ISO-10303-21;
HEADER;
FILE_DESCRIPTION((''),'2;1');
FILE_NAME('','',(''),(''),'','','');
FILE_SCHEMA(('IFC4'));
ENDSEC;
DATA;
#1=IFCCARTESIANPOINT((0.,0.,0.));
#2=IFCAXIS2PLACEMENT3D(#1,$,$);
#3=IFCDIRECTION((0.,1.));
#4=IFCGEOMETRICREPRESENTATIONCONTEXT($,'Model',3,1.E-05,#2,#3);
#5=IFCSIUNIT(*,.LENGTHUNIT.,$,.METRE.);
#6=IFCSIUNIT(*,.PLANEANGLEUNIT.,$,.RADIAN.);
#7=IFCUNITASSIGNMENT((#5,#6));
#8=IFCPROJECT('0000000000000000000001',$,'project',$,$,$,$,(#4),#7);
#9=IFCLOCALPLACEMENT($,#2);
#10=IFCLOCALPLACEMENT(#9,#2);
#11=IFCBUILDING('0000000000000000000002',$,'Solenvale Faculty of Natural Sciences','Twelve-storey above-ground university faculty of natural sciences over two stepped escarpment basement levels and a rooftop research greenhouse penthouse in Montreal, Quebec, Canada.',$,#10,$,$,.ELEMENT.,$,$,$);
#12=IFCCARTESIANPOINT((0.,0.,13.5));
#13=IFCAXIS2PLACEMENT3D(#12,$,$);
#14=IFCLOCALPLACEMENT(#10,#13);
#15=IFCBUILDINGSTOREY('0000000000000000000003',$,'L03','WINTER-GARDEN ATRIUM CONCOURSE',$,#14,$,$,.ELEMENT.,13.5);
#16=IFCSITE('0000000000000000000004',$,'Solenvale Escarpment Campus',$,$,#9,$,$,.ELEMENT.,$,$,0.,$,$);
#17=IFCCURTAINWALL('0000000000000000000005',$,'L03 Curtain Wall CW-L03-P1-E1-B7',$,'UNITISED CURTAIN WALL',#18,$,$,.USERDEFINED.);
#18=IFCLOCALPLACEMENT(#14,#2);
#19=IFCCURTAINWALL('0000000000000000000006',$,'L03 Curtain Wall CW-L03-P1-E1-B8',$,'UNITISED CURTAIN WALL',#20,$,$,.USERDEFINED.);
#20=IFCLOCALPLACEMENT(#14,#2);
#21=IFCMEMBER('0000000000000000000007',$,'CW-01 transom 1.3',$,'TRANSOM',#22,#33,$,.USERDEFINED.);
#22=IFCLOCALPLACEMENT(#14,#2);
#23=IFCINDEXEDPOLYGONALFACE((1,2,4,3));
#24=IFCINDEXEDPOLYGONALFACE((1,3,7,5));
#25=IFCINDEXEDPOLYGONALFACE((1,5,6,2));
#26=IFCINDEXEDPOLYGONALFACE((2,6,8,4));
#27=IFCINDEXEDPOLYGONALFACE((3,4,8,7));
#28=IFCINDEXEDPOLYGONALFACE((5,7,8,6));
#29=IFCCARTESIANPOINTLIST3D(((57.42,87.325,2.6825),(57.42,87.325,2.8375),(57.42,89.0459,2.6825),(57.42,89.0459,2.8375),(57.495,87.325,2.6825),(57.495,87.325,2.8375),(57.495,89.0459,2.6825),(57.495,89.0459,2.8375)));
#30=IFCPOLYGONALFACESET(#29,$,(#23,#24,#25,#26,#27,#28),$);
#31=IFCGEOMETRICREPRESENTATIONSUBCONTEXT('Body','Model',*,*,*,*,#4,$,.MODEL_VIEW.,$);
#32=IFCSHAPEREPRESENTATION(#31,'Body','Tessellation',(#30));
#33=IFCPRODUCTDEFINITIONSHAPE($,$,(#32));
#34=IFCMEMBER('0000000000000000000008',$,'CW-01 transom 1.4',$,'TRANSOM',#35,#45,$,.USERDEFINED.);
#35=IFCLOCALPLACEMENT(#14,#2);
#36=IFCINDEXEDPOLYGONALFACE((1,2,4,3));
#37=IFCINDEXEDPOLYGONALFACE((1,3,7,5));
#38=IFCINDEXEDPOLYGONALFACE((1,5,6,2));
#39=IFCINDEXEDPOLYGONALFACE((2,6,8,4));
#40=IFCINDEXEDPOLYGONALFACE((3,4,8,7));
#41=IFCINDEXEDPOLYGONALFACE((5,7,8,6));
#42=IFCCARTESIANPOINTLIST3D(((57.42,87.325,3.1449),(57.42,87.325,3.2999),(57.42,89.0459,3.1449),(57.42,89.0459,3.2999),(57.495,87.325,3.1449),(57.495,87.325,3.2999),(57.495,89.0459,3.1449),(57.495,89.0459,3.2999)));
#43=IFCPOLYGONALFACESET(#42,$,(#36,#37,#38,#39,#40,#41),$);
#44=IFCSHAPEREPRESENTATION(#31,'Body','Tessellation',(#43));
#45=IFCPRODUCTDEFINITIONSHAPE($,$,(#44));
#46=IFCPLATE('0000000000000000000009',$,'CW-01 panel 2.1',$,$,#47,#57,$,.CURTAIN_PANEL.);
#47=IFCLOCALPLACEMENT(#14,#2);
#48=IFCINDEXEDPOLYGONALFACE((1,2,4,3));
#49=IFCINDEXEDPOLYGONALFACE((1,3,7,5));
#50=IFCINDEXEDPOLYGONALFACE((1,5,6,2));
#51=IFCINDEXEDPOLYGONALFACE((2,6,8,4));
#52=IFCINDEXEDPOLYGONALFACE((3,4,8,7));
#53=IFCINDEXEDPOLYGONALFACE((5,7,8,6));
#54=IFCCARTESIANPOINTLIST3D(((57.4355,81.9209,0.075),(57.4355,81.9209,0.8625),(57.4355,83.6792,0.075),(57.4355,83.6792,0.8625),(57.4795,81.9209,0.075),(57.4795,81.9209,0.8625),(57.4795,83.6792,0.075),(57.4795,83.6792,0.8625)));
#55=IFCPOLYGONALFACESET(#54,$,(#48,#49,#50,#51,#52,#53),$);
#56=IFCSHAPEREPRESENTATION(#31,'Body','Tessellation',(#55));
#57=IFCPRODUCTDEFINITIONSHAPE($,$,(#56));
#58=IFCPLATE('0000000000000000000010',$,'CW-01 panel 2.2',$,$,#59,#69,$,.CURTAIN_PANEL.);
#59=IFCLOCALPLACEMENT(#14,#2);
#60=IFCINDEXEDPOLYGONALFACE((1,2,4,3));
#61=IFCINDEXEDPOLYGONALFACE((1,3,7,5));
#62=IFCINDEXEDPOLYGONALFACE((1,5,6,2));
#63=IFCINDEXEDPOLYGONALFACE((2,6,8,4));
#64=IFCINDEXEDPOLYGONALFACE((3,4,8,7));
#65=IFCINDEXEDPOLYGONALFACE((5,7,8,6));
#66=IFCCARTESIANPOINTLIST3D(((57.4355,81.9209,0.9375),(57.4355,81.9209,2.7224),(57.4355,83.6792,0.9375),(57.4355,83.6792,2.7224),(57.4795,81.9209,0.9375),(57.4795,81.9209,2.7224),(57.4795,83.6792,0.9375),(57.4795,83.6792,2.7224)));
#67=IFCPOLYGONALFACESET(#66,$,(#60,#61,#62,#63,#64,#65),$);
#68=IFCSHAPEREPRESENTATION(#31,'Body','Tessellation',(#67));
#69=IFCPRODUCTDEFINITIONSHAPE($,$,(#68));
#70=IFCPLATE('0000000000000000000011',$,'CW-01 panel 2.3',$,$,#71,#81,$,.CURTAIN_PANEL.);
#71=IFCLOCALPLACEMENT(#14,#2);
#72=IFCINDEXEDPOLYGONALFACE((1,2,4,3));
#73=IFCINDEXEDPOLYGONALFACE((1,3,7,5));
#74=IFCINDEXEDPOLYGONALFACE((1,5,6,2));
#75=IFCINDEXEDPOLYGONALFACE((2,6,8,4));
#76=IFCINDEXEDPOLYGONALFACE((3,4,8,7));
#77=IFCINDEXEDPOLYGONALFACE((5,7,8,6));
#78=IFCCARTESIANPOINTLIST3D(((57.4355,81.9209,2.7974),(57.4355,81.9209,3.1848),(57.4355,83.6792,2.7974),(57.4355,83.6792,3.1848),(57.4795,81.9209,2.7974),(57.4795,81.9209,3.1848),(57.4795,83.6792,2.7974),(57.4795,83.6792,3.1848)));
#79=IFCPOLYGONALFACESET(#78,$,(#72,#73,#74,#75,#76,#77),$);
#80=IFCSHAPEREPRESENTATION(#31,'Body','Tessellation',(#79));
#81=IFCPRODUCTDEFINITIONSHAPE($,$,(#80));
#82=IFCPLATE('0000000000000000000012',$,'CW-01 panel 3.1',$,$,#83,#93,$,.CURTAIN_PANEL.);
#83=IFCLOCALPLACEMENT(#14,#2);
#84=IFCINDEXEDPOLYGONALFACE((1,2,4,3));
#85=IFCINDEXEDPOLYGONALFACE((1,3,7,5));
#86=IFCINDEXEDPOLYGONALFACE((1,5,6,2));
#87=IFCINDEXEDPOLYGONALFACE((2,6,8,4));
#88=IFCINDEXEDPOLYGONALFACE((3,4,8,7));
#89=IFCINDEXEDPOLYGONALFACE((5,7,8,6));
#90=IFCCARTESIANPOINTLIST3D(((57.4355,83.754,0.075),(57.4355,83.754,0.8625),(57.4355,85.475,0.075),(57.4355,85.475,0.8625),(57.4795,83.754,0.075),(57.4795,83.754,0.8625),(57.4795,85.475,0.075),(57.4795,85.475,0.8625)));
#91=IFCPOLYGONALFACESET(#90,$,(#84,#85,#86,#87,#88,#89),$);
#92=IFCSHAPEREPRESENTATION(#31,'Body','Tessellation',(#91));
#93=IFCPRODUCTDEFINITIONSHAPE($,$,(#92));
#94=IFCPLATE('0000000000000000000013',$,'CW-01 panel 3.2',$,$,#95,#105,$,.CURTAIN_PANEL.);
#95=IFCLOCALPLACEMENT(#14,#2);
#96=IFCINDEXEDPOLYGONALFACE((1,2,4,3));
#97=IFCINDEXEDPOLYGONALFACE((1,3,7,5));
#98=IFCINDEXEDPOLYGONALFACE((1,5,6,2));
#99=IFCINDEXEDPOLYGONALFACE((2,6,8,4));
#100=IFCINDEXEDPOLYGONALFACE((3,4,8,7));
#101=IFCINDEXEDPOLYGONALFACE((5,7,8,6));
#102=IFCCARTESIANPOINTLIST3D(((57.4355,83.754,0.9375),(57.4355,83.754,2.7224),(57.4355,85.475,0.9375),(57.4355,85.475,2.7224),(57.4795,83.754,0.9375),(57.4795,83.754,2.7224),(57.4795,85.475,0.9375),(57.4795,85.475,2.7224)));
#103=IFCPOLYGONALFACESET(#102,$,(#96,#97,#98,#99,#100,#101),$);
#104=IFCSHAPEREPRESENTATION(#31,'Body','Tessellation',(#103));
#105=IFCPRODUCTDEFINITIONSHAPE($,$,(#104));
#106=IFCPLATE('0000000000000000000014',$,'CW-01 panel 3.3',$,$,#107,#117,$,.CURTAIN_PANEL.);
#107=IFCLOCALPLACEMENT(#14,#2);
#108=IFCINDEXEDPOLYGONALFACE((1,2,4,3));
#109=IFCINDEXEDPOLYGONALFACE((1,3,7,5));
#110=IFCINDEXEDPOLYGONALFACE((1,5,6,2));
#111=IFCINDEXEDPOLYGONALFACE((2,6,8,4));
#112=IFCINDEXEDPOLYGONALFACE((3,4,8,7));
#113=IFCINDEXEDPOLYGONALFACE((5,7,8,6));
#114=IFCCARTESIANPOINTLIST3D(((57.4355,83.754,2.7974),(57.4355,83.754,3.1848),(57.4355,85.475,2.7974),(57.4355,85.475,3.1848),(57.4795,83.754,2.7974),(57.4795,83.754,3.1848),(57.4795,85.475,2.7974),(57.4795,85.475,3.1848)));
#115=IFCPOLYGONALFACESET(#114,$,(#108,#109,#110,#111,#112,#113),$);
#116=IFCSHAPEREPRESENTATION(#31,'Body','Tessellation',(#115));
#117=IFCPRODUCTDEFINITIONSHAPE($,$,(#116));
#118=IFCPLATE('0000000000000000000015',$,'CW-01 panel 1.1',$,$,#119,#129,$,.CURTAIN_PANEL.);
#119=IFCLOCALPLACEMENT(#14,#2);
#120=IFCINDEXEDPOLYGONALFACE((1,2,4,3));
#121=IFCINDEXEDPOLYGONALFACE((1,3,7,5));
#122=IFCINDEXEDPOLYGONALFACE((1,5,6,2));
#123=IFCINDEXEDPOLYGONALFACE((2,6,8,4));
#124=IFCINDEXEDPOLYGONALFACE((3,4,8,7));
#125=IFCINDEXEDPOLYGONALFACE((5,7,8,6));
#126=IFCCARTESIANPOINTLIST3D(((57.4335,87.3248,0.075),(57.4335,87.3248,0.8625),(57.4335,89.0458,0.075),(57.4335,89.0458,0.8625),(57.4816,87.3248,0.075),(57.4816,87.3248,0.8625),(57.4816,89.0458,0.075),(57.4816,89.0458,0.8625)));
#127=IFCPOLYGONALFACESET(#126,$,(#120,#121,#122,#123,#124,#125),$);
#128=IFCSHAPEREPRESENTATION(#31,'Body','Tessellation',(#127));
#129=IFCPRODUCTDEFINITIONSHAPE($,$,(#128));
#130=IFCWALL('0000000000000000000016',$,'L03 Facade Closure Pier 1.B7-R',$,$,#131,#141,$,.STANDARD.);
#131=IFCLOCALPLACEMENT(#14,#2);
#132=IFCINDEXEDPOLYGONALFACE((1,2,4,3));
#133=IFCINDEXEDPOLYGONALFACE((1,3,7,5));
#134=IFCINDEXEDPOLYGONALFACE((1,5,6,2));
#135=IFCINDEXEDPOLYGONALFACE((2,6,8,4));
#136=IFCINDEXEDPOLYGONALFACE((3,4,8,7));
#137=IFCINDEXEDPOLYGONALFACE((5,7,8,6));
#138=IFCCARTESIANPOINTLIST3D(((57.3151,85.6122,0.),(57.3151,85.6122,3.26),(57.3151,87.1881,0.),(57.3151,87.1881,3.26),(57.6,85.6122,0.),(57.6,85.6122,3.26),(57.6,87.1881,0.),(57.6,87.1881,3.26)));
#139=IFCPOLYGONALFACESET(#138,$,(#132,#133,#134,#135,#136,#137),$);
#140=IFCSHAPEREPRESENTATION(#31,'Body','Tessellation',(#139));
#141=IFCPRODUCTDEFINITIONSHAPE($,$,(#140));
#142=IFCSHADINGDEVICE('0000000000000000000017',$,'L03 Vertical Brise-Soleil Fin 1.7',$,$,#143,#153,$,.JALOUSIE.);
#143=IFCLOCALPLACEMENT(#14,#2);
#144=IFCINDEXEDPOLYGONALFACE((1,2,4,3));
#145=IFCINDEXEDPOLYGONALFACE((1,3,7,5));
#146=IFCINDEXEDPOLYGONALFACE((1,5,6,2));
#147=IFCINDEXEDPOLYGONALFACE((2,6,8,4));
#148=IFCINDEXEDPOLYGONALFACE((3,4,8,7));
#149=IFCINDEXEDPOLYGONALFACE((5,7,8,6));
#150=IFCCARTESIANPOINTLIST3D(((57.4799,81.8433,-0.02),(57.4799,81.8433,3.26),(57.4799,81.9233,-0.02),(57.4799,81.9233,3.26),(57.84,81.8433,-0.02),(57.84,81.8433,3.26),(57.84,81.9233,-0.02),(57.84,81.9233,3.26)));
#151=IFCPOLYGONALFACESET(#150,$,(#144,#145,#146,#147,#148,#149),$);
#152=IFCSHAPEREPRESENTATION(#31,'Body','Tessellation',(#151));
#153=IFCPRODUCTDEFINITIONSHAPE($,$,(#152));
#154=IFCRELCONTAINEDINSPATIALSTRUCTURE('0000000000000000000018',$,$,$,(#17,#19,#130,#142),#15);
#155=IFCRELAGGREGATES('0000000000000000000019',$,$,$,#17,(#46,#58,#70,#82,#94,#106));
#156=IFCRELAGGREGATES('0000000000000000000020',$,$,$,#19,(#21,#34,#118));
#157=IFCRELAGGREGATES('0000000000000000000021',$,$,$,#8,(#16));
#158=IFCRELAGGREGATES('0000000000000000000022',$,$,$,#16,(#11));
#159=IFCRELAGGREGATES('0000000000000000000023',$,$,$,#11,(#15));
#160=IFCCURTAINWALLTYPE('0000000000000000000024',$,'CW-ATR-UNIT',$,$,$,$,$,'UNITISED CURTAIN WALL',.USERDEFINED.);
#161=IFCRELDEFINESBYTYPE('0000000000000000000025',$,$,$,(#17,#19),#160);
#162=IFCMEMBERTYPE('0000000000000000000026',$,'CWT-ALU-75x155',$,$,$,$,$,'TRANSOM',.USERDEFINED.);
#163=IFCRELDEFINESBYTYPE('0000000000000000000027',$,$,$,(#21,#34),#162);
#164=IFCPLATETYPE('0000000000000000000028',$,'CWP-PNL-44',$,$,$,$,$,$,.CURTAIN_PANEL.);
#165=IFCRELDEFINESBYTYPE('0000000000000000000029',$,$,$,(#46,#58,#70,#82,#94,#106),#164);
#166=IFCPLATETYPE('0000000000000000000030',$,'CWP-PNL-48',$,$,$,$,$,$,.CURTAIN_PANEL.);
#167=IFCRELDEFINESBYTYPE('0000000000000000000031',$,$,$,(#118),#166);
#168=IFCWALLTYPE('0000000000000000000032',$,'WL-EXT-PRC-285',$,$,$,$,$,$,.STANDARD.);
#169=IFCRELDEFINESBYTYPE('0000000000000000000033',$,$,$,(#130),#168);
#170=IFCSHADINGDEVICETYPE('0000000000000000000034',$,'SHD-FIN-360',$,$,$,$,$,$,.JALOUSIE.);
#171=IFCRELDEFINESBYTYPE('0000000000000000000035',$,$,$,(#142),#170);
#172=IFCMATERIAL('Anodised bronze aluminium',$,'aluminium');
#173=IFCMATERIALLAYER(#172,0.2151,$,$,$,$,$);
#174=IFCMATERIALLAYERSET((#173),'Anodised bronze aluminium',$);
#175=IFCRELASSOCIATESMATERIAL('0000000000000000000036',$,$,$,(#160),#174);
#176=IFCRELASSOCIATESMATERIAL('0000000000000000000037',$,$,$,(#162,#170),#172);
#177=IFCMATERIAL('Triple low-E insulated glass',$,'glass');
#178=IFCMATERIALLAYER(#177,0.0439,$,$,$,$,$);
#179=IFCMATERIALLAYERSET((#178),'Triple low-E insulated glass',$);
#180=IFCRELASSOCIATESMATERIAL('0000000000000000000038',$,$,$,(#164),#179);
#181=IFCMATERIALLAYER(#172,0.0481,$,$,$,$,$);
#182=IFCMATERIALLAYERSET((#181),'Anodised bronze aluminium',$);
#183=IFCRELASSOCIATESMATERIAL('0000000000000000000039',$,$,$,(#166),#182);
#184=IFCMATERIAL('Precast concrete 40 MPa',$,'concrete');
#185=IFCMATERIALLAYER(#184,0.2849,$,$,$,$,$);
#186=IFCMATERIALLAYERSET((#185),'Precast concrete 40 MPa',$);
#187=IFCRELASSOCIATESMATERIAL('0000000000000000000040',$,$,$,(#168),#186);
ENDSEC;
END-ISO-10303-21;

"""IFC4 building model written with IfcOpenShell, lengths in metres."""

from ifc_helpers import new_model, si_unit, direction, frame, frame_2d, origin, origin_2d, place, context, subcontext, project, spatial, rectangle, extrude, material, layer, layer_set, material_profile, profile_set, type_object, element, aggregate, save


model = new_model("IFC4")

# Units and contexts
model_context = context("Model", 3, precision=1e-05, world=origin(), true_north=direction((0.0, 1.0)))
body_context = subcontext(model_context, "Body", "Model", "MODEL_VIEW")
ifc_project = project(units=[si_unit("LENGTHUNIT", "METRE"), si_unit("PLANEANGLEUNIT", "RADIAN")], contexts=[model_context])

# Site, building, storey
site_placement = place(None, origin())
site = spatial("IfcSite", under=ifc_project, at=site_placement, Name="Solenvale Escarpment Campus", CompositionType="ELEMENT", RefElevation=0.0)
building_placement = place(site_placement, origin())
building = spatial("IfcBuilding", under=site, at=building_placement, Name="Solenvale Faculty of Natural Sciences", Description="Twelve-storey above-ground university faculty of natural sciences over two stepped escarpment basement levels and a rooftop research greenhouse penthouse in Montreal, Quebec, Canada.", CompositionType="ELEMENT")
storey_placement = place(building_placement, frame((0.0, 0.0, 13.5)))
storey = spatial("IfcBuildingStorey", under=building, at=storey_placement, Name="L03", Description="WINTER-GARDEN ATRIUM CONCOURSE", CompositionType="ELEMENT", Elevation=13.5)

# Curtain wall
ifc_material_1 = material(Name="Anodised bronze aluminium", Category="aluminium")
ifc_layer_1 = layer(ifc_material_1, 0.2151)
ifc_layer_set_1 = layer_set([ifc_layer_1], Name="Anodised bronze aluminium")
curtain_wall_type = type_object("IfcCurtainWallType", Name="CW-ATR-UNIT", ElementType="UNITISED CURTAIN WALL", PredefinedType="USERDEFINED", material=ifc_layer_set_1)
curtain_wall_1_placement = place(storey_placement, origin())
curtain_wall_1 = element("IfcCurtainWall", 1, at=curtain_wall_1_placement, inside=storey, type_object=curtain_wall_type, Name="L03 Curtain Wall CW-L03-P1-E1-B7", ObjectType="UNITISED CURTAIN WALL", PredefinedType="USERDEFINED")

# Curtain wall
curtain_wall_2_placement = place(storey_placement, origin())
curtain_wall_2 = element("IfcCurtainWall", 2, at=curtain_wall_2_placement, inside=storey, type_object=curtain_wall_type, Name="L03 Curtain Wall CW-L03-P1-E1-B8", ObjectType="UNITISED CURTAIN WALL", PredefinedType="USERDEFINED")

# Members
ifc_material_profile_1 = material_profile(ifc_material_1, rectangle(XDim=0.075, YDim=0.155, at=origin_2d()), Name="ALU-TRN-75x155")
ifc_profile_set_1 = profile_set([ifc_material_profile_1], Name="Anodised bronze aluminium")
member_type_1 = type_object("IfcMemberType", Name="CWT-ALU-75x155", ElementType="TRANSOM", PredefinedType="USERDEFINED", material=ifc_profile_set_1)
member_1_placement = place(storey_placement, frame((57.4575, 87.325, 2.76), z_axis=(0.0, 1.0, 0.0), x_axis=(-1.0, 0.0, 0.0)))
member_1 = element("IfcMember", 3, at=member_1_placement, type_object=member_type_1, Name="CW-01 transom 1.3", ObjectType="TRANSOM", PredefinedType="USERDEFINED", context=body_context, shape_type="SweptSolid", body=[
    extrude(rectangle(XDim=0.075, YDim=0.155, at=origin_2d()), origin(), (0.0, 0.0, 1.0), 1.7209),
])
member_2_placement = place(storey_placement, frame((57.4575, 87.325, 3.2224), z_axis=(0.0, 1.0, 0.0), x_axis=(-1.0, 0.0, 0.0)))
member_2 = element("IfcMember", 4, at=member_2_placement, type_object=member_type_1, Name="CW-01 transom 1.4", ObjectType="TRANSOM", PredefinedType="USERDEFINED", context=body_context, shape_type="SweptSolid", body=[
    extrude(rectangle(XDim=0.075, YDim=0.155, at=origin_2d()), origin(), (0.0, 0.0, 1.0), 1.7209),
])

# Plates
ifc_material_2 = material(Name="Triple low-E insulated glass", Category="glass")
ifc_layer_2 = layer(ifc_material_2, 0.0439)
ifc_layer_set_2 = layer_set([ifc_layer_2], Name="Triple low-E insulated glass")
plate_type_1 = type_object("IfcPlateType", Name="CWP-PNL-44", PredefinedType="CURTAIN_PANEL", material=ifc_layer_set_2)
plate_1_placement = place(storey_placement, frame((57.4575, 82.8, 0.075), z_axis=(0.0, 0.0, 1.0), x_axis=(0.0, 1.0, 0.0)))
plate_1 = element("IfcPlate", 5, at=plate_1_placement, type_object=plate_type_1, Name="CW-01 panel 2.1", PredefinedType="CURTAIN_PANEL", context=body_context, shape_type="SweptSolid", body=[
    extrude(rectangle(XDim=1.7583, YDim=0.0439, at=origin_2d()), origin(), (0.0, 0.0, 1.0), 0.7876),
])
plate_2_placement = place(storey_placement, frame((57.4575, 82.8, 0.9375), z_axis=(0.0, 0.0, 1.0), x_axis=(0.0, 1.0, 0.0)))
plate_2 = element("IfcPlate", 6, at=plate_2_placement, type_object=plate_type_1, Name="CW-01 panel 2.2", PredefinedType="CURTAIN_PANEL", context=body_context, shape_type="SweptSolid", body=[
    extrude(rectangle(XDim=1.7583, YDim=0.0439, at=origin_2d()), origin(), (0.0, 0.0, 1.0), 1.7849),
])
plate_3_placement = place(storey_placement, frame((57.4575, 82.8, 2.7974), z_axis=(0.0, 0.0, 1.0), x_axis=(0.0, 1.0, 0.0)))
plate_3 = element("IfcPlate", 7, at=plate_3_placement, type_object=plate_type_1, Name="CW-01 panel 2.3", PredefinedType="CURTAIN_PANEL", context=body_context, shape_type="SweptSolid", body=[
    extrude(rectangle(XDim=1.7583, YDim=0.0439, at=origin_2d()), origin(), (0.0, 0.0, 1.0), 0.3875),
])
plate_4_placement = place(storey_placement, frame((57.4575, 84.6145, 0.075), z_axis=(0.0, 0.0, 1.0), x_axis=(0.0, 1.0, 0.0)))
plate_4 = element("IfcPlate", 8, at=plate_4_placement, type_object=plate_type_1, Name="CW-01 panel 3.1", PredefinedType="CURTAIN_PANEL", context=body_context, shape_type="SweptSolid", body=[
    extrude(rectangle(XDim=1.7209, YDim=0.0439, at=origin_2d()), origin(), (0.0, 0.0, 1.0), 0.7876),
])
plate_5_placement = place(storey_placement, frame((57.4575, 84.6145, 0.9375), z_axis=(0.0, 0.0, 1.0), x_axis=(0.0, 1.0, 0.0)))
plate_5 = element("IfcPlate", 9, at=plate_5_placement, type_object=plate_type_1, Name="CW-01 panel 3.2", PredefinedType="CURTAIN_PANEL", context=body_context, shape_type="SweptSolid", body=[
    extrude(rectangle(XDim=1.7209, YDim=0.0439, at=origin_2d()), origin(), (0.0, 0.0, 1.0), 1.7849),
])
plate_6_placement = place(storey_placement, frame((57.4575, 84.6145, 2.7974), z_axis=(0.0, 0.0, 1.0), x_axis=(0.0, 1.0, 0.0)))
plate_6 = element("IfcPlate", 10, at=plate_6_placement, type_object=plate_type_1, Name="CW-01 panel 3.3", PredefinedType="CURTAIN_PANEL", context=body_context, shape_type="SweptSolid", body=[
    extrude(rectangle(XDim=1.7209, YDim=0.0439, at=origin_2d()), origin(), (0.0, 0.0, 1.0), 0.3875),
])
aggregate(curtain_wall_1, [plate_1, plate_2, plate_3, plate_4, plate_5, plate_6])
ifc_layer_3 = layer(ifc_material_1, 0.0481)
ifc_layer_set_3 = layer_set([ifc_layer_3], Name="Anodised bronze aluminium")
plate_type_2 = type_object("IfcPlateType", Name="CWP-PNL-48", PredefinedType="CURTAIN_PANEL", material=ifc_layer_set_3)
plate_7_placement = place(storey_placement, frame((57.4575, 88.1853, 0.075), z_axis=(0.0, 0.0, 1.0), x_axis=(0.0, 1.0, 0.0)))
plate_7 = element("IfcPlate", 11, at=plate_7_placement, type_object=plate_type_2, Name="CW-01 panel 1.1", PredefinedType="CURTAIN_PANEL", context=body_context, shape_type="SweptSolid", body=[
    extrude(rectangle(XDim=1.7209, YDim=0.0481, at=origin_2d()), origin(), (0.0, 0.0, 1.0), 0.7876),
])
aggregate(curtain_wall_2, [member_1, member_2, plate_7])

# Wall
ifc_material_3 = material(Name="Precast concrete 40 MPa", Category="concrete")
ifc_layer_4 = layer(ifc_material_3, 0.2849)
ifc_layer_set_4 = layer_set([ifc_layer_4], Name="Precast concrete 40 MPa")
wall_type = type_object("IfcWallType", Name="WL-EXT-PRC-285", PredefinedType="STANDARD", material=ifc_layer_set_4)
wall_placement = place(storey_placement, frame((57.4575, 85.6121, 0.0), z_axis=(0.0, 0.0, 1.0), x_axis=(0.0, 1.0, 0.0)))
element("IfcWall", 12, at=wall_placement, inside=storey, type_object=wall_type, Name="L03 Facade Closure Pier 1.B7-R", PredefinedType="STANDARD", context=body_context, shape_type="SweptSolid", body=[
    extrude(rectangle(XDim=1.5759, YDim=0.2849, at=frame_2d((0.7881, 0.0))), origin(), (0.0, 0.0, 1.0), 3.26),
])

# Shading device
ifc_material_profile_2 = material_profile(ifc_material_1, rectangle(XDim=0.0801, YDim=0.3601, at=origin_2d()), Name="ALU-FIN-80x360")
ifc_profile_set_2 = profile_set([ifc_material_profile_2], Name="Anodised bronze aluminium")
shading_device_type = type_object("IfcShadingDeviceType", Name="SHD-FIN-360", PredefinedType="JALOUSIE", material=ifc_profile_set_2)
shading_device_placement = place(storey_placement, frame((57.6599, 81.8833, -0.02), z_axis=(0.0, 0.0, 1.0), x_axis=(0.0, 1.0, 0.0)))
element("IfcShadingDevice", 13, at=shading_device_placement, inside=storey, type_object=shading_device_type, Name="L03 Vertical Brise-Soleil Fin 1.7", PredefinedType="JALOUSIE", context=body_context, shape_type="SweptSolid", body=[
    extrude(rectangle(XDim=0.0801, YDim=0.3601, at=origin_2d()), origin(), (0.0, 0.0, 1.0), 3.28),
])

save(model, "model.ifc")
